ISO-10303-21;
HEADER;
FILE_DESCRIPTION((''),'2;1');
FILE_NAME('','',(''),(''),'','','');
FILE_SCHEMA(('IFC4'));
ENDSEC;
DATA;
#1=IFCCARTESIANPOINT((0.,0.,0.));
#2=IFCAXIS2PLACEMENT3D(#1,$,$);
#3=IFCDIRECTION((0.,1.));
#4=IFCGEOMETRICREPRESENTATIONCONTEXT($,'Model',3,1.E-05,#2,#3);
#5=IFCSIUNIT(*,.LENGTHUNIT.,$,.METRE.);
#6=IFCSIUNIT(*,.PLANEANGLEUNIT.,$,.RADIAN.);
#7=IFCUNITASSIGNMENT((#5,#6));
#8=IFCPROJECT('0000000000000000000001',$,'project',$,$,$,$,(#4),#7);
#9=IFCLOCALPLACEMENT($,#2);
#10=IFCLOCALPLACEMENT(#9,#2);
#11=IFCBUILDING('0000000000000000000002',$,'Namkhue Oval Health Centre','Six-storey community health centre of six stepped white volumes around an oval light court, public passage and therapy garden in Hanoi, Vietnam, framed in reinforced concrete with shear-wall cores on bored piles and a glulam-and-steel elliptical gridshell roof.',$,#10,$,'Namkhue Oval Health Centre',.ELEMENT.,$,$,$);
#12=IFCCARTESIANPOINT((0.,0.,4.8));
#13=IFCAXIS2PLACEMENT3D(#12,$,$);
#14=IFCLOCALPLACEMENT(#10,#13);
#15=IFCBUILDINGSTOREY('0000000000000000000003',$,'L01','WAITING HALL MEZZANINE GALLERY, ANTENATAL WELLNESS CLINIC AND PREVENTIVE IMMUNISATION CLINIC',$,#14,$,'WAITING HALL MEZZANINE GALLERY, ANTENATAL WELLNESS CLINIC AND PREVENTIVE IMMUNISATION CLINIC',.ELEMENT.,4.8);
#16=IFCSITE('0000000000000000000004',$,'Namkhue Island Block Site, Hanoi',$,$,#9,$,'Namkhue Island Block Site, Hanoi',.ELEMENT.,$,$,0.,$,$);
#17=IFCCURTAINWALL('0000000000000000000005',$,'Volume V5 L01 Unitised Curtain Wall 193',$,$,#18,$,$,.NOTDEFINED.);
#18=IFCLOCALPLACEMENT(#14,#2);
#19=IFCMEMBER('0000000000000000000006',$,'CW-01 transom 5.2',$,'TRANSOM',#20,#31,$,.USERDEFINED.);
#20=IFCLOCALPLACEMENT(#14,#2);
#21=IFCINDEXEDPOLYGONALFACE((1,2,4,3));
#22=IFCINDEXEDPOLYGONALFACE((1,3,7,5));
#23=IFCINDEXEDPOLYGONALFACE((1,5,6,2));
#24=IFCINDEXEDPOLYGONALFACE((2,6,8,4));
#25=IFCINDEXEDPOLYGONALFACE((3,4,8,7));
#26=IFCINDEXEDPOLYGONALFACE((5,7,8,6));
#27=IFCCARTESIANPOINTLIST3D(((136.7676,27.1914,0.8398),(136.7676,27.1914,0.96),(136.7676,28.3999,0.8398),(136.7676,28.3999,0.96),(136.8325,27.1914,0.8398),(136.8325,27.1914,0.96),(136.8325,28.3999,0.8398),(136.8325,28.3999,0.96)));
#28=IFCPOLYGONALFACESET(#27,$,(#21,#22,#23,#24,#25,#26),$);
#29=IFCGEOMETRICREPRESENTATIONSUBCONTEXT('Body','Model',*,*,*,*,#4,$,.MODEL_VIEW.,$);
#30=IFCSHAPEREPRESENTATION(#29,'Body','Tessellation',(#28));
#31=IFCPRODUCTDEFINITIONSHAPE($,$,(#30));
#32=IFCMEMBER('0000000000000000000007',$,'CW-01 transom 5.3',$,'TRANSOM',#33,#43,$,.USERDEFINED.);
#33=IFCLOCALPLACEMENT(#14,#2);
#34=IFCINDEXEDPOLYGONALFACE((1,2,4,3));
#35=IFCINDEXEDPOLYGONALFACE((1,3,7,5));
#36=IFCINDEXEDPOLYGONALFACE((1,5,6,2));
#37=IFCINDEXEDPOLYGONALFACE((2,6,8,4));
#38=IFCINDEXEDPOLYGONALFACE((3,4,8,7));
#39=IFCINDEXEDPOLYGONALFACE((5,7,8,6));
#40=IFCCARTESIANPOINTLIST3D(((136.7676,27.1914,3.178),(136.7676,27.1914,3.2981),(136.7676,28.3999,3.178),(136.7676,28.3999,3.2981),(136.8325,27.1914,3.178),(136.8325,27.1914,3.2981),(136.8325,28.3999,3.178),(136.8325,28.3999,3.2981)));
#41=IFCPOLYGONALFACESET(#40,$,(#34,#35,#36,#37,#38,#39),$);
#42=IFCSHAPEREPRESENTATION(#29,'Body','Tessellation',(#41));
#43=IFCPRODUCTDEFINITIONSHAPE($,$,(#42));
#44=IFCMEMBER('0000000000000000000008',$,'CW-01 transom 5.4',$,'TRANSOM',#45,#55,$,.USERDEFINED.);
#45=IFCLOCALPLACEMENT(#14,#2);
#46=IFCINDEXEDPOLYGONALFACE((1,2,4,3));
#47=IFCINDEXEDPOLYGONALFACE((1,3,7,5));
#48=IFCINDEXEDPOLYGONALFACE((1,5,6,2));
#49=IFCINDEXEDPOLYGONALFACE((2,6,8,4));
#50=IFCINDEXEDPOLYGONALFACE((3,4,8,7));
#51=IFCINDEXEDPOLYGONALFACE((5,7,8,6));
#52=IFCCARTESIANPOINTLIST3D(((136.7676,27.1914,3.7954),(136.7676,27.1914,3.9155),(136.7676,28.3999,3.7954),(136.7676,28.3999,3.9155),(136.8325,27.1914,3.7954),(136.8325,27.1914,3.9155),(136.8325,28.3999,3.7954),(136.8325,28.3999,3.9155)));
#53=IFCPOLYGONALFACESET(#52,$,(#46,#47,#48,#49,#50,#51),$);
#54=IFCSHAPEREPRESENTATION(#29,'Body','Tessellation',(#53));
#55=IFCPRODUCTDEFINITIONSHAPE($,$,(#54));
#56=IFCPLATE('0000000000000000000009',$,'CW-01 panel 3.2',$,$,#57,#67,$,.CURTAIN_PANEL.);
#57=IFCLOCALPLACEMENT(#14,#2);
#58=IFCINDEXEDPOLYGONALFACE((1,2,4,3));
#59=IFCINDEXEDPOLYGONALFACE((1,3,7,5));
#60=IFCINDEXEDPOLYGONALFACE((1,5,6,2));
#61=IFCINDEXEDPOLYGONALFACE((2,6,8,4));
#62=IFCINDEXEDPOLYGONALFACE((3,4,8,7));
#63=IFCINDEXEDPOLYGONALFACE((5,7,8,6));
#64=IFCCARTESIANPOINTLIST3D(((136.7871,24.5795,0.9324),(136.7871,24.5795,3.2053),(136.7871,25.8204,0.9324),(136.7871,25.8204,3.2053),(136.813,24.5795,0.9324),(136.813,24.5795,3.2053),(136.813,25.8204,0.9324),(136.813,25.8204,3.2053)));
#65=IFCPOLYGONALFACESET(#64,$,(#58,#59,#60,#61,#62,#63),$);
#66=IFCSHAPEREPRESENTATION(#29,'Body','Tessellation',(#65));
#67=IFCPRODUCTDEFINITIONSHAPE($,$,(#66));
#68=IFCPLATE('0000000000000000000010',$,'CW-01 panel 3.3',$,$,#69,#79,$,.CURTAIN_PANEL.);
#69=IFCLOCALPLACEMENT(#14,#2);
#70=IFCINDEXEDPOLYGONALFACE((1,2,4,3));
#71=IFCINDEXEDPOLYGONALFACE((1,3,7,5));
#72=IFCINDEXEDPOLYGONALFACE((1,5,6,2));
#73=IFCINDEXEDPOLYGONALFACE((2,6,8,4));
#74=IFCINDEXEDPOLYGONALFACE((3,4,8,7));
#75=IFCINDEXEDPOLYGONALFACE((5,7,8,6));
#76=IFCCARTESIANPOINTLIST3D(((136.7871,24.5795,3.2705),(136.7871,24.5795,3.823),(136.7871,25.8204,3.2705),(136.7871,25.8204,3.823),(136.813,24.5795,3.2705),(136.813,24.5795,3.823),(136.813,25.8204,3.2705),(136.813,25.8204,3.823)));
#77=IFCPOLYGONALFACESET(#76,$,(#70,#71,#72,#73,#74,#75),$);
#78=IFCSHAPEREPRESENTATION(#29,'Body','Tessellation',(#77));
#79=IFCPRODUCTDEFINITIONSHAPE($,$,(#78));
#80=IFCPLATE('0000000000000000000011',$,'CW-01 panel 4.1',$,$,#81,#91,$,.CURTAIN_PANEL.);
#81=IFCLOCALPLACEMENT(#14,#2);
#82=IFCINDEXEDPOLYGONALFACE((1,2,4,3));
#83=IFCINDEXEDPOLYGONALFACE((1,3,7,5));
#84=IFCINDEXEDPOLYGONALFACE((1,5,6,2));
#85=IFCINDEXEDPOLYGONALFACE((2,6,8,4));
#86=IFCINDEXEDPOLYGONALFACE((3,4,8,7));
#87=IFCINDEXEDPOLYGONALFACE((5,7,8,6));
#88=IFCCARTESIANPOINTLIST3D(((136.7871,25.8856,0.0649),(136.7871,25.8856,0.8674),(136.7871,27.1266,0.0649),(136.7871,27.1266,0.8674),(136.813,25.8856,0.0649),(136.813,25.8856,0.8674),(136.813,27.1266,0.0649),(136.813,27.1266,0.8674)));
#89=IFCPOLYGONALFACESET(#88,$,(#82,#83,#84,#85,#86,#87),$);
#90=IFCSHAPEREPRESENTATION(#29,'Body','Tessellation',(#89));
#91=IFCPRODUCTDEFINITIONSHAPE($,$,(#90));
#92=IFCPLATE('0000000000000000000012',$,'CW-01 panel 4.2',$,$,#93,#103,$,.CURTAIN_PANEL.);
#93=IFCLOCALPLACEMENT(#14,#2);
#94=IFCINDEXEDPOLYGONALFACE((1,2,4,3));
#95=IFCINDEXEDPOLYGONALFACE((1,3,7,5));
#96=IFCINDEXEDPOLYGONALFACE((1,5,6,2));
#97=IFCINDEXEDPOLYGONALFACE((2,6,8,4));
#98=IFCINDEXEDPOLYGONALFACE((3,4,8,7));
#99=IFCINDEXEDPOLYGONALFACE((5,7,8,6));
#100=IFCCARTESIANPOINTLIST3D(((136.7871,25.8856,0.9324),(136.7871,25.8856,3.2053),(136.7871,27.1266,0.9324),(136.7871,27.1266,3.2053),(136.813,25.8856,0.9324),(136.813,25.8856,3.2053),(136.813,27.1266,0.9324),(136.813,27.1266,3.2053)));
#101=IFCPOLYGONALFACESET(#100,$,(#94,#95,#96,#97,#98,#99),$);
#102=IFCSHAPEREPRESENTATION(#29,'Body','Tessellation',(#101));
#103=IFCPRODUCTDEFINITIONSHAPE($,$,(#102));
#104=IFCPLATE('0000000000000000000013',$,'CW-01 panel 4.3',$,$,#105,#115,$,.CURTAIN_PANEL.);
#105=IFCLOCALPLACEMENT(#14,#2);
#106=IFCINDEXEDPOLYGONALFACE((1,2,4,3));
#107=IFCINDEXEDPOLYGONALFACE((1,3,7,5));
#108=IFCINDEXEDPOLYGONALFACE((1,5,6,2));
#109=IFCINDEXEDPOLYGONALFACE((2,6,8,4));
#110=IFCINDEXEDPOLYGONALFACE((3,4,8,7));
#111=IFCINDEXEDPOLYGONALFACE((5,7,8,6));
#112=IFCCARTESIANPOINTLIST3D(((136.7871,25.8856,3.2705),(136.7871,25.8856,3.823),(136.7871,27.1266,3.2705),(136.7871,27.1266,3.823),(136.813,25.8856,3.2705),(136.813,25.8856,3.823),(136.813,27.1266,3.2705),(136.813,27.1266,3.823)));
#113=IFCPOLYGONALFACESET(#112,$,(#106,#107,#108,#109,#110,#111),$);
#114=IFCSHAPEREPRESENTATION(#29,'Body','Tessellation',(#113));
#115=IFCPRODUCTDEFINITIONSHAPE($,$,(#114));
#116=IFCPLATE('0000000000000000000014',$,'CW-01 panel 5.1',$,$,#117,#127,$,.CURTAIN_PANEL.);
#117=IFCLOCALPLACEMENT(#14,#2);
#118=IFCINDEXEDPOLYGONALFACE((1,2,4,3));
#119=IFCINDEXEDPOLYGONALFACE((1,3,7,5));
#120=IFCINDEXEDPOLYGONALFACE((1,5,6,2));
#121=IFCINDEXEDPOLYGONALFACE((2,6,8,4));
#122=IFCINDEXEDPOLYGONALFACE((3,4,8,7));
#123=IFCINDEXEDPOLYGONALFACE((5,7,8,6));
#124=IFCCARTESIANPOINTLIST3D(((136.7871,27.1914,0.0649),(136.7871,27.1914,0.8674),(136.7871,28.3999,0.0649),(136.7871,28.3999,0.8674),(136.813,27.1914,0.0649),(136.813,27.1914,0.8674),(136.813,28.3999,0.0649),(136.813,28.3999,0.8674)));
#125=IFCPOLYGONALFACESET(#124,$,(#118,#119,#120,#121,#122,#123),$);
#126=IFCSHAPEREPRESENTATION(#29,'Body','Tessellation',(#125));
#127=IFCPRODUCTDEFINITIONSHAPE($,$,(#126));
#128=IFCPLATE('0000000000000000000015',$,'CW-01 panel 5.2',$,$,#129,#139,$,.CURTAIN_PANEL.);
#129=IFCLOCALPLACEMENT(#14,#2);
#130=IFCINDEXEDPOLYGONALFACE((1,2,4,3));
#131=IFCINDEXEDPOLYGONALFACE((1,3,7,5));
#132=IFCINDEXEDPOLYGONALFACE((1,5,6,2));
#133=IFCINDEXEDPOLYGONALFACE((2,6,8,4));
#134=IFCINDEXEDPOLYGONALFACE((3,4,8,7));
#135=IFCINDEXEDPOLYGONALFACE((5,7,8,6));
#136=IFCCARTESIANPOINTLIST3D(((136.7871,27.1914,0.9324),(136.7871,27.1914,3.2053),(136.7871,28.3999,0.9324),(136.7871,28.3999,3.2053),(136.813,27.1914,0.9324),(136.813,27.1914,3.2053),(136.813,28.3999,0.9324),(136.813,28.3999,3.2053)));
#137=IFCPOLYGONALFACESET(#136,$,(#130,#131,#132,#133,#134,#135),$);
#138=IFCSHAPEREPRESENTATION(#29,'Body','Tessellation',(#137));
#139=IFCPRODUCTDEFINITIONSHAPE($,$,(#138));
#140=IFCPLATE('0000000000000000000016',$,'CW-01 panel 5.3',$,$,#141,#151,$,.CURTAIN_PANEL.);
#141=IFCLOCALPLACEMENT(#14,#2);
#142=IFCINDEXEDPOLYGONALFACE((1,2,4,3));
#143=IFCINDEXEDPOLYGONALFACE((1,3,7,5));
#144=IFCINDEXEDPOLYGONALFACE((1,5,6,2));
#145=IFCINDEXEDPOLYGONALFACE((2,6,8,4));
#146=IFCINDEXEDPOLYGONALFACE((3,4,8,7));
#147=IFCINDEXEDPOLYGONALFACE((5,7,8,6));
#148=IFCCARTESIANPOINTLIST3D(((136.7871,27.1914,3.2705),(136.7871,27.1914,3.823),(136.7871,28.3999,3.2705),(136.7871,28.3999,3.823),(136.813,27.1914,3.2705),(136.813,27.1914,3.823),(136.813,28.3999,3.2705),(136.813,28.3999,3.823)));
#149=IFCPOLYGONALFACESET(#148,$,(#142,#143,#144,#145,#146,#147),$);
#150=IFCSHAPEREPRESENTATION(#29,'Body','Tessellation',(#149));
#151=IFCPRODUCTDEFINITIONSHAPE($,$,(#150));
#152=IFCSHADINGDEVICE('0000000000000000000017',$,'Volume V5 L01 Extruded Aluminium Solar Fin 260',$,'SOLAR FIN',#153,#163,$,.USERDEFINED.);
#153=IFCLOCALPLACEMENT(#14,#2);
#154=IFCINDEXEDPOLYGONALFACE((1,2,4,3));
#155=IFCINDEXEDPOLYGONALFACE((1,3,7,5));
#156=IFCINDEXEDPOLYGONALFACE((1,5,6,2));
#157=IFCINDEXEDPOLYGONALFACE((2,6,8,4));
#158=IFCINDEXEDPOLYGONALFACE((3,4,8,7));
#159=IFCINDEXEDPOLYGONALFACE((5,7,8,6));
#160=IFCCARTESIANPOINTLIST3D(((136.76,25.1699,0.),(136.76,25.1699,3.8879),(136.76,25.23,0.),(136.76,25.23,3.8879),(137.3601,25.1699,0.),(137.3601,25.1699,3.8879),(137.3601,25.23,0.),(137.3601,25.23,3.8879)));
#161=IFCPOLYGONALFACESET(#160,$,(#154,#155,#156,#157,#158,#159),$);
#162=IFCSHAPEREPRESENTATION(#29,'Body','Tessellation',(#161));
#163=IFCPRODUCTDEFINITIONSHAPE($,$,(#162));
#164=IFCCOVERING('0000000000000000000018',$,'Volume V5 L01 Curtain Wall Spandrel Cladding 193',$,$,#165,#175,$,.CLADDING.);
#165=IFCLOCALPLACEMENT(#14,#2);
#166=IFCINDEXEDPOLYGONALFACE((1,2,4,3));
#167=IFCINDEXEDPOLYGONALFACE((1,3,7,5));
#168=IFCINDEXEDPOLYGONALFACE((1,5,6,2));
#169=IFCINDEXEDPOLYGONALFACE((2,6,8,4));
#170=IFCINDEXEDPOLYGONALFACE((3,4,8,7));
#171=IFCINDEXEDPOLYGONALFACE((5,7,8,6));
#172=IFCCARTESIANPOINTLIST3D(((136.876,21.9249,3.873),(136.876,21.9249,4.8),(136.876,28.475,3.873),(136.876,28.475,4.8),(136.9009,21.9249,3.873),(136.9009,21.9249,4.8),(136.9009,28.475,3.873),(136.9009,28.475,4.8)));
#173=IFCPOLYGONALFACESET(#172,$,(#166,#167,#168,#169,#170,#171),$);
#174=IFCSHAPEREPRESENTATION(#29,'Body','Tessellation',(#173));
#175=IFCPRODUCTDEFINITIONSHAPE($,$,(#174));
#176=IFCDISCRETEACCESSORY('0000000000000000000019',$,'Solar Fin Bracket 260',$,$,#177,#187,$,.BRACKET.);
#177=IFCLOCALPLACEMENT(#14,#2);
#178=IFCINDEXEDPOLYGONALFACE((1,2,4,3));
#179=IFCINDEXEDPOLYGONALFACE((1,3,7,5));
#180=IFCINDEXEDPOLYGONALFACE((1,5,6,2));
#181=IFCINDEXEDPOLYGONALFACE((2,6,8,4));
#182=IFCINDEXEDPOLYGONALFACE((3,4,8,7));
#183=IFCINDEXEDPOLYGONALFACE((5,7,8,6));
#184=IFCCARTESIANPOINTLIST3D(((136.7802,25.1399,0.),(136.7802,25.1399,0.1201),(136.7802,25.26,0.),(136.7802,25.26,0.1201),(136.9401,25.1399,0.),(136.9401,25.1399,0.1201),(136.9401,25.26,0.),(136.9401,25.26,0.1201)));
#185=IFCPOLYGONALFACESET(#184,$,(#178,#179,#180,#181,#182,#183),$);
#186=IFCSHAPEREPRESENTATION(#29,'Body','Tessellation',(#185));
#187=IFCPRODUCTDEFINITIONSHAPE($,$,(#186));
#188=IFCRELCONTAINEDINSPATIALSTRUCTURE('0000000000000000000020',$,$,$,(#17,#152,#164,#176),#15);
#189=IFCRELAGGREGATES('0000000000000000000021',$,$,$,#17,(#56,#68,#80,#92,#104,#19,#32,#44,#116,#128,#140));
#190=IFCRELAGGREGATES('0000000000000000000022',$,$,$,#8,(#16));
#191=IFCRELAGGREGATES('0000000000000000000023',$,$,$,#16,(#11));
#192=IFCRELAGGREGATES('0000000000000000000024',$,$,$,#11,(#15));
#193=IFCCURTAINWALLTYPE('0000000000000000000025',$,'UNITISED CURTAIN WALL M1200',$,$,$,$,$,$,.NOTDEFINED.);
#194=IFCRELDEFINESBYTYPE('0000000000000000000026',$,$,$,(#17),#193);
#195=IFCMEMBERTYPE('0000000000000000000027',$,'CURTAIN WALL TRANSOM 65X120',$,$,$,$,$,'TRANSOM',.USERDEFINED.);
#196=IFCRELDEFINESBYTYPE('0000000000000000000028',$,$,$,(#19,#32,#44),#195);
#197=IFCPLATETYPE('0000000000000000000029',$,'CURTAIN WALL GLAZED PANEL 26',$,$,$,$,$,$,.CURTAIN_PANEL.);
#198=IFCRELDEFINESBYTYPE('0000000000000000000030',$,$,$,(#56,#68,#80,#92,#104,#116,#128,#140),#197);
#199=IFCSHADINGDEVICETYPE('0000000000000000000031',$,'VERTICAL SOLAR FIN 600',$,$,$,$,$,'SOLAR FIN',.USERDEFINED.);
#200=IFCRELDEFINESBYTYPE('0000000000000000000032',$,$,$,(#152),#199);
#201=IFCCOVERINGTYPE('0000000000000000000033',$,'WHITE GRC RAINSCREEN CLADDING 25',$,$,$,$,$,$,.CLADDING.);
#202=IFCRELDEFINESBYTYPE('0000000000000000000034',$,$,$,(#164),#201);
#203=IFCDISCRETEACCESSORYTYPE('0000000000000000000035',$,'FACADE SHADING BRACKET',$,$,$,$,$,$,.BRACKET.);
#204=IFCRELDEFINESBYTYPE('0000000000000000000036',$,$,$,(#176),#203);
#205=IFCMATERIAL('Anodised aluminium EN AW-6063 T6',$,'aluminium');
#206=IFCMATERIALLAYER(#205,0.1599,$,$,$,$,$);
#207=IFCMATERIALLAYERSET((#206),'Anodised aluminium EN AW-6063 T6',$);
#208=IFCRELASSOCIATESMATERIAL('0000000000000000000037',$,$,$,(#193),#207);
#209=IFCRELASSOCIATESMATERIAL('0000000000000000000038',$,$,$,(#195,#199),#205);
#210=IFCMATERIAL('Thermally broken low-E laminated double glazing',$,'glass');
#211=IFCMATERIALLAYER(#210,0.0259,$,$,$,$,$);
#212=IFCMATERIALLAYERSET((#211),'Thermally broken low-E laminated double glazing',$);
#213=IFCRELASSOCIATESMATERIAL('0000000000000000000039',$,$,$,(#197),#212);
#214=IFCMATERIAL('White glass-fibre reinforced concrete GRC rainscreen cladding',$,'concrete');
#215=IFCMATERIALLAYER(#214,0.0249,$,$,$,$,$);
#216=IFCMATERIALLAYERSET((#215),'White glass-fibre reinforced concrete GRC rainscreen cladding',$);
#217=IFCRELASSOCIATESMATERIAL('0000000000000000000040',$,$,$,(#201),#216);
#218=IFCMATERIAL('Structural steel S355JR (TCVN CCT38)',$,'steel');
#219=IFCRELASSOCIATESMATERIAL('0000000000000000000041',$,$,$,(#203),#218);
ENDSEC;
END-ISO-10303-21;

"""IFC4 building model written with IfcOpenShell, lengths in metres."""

from ifc_helpers import new_model, si_unit, direction, frame, origin, origin_2d, place, context, subcontext, project, spatial, rectangle, extrude, material, layer, layer_set, material_profile, profile_set, type_object, element, aggregate, save


model = new_model("IFC4")

# Units and contexts
model_context = context("Model", 3, precision=1e-05, world=origin(), true_north=direction((0.0, 1.0)))
body_context = subcontext(model_context, "Body", "Model", "MODEL_VIEW")
ifc_project = project(units=[si_unit("LENGTHUNIT", "METRE"), si_unit("PLANEANGLEUNIT", "RADIAN")], contexts=[model_context])

# Site, building, storey
site_placement = place(None, origin())
site = spatial("IfcSite", under=ifc_project, at=site_placement, Name="Namkhue Island Block Site, Hanoi", LongName="Namkhue Island Block Site, Hanoi", CompositionType="ELEMENT", RefElevation=0.0)
building_placement = place(site_placement, origin())
building = spatial("IfcBuilding", under=site, at=building_placement, Name="Namkhue Oval Health Centre", Description="Six-storey community health centre of six stepped white volumes around an oval light court, public passage and therapy garden in Hanoi, Vietnam, framed in reinforced concrete with shear-wall cores on bored piles and a glulam-and-steel elliptical gridshell roof.", LongName="Namkhue Oval Health Centre", CompositionType="ELEMENT")
storey_placement = place(building_placement, frame((0.0, 0.0, 4.8)))
storey = spatial("IfcBuildingStorey", under=building, at=storey_placement, Name="L01", Description="WAITING HALL MEZZANINE GALLERY, ANTENATAL WELLNESS CLINIC AND PREVENTIVE IMMUNISATION CLINIC", LongName="WAITING HALL MEZZANINE GALLERY, ANTENATAL WELLNESS CLINIC AND PREVENTIVE IMMUNISATION CLINIC", CompositionType="ELEMENT", Elevation=4.8)

# Curtain wall, members, plates
ifc_material_1 = material(Name="Anodised aluminium EN AW-6063 T6", Category="aluminium")
ifc_layer_1 = layer(ifc_material_1, 0.1599)
ifc_layer_set_1 = layer_set([ifc_layer_1], Name="Anodised aluminium EN AW-6063 T6")
curtain_wall_type = type_object("IfcCurtainWallType", Name="UNITISED CURTAIN WALL M1200", PredefinedType="NOTDEFINED", material=ifc_layer_set_1)
curtain_wall_placement = place(storey_placement, origin())
curtain_wall = element("IfcCurtainWall", 1, at=curtain_wall_placement, inside=storey, type_object=curtain_wall_type, Name="Volume V5 L01 Unitised Curtain Wall 193", PredefinedType="NOTDEFINED")
ifc_material_profile_1 = material_profile(ifc_material_1, rectangle(XDim=0.0649, YDim=0.1201, at=origin_2d()), Name="ALU 65x120")
ifc_profile_set_1 = profile_set([ifc_material_profile_1], Name="Anodised aluminium EN AW-6063 T6")
member_type_1 = type_object("IfcMemberType", Name="CURTAIN WALL TRANSOM 65X120", ElementType="TRANSOM", PredefinedType="USERDEFINED", material=ifc_profile_set_1)
member_1_placement = place(storey_placement, frame((136.8, 27.1914, 0.8999), z_axis=(0.0, 1.0, 0.0), x_axis=(-1.0, 0.0, 0.0)))
member_1 = element("IfcMember", 2, at=member_1_placement, type_object=member_type_1, Name="CW-01 transom 5.2", ObjectType="TRANSOM", PredefinedType="USERDEFINED", context=body_context, shape_type="SweptSolid", body=[
    extrude(rectangle(XDim=0.0649, YDim=0.1201, at=origin_2d()), origin(), (0.0, 0.0, 1.0), 1.2085),
])
member_2_placement = place(storey_placement, frame((136.8, 27.1914, 3.238), z_axis=(0.0, 1.0, 0.0), x_axis=(-1.0, 0.0, 0.0)))
member_2 = element("IfcMember", 3, at=member_2_placement, type_object=member_type_1, Name="CW-01 transom 5.3", ObjectType="TRANSOM", PredefinedType="USERDEFINED", context=body_context, shape_type="SweptSolid", body=[
    extrude(rectangle(XDim=0.0649, YDim=0.1201, at=origin_2d()), origin(), (0.0, 0.0, 1.0), 1.2085),
])
member_3_placement = place(storey_placement, frame((136.8, 27.1914, 3.8555), z_axis=(0.0, 1.0, 0.0), x_axis=(-1.0, 0.0, 0.0)))
member_3 = element("IfcMember", 4, at=member_3_placement, type_object=member_type_1, Name="CW-01 transom 5.4", ObjectType="TRANSOM", PredefinedType="USERDEFINED", context=body_context, shape_type="SweptSolid", body=[
    extrude(rectangle(XDim=0.0649, YDim=0.1201, at=origin_2d()), origin(), (0.0, 0.0, 1.0), 1.2085),
])
ifc_material_2 = material(Name="Thermally broken low-E laminated double glazing", Category="glass")
ifc_layer_2 = layer(ifc_material_2, 0.0259)
ifc_layer_set_2 = layer_set([ifc_layer_2], Name="Thermally broken low-E laminated double glazing")
plate_type = type_object("IfcPlateType", Name="CURTAIN WALL GLAZED PANEL 26", PredefinedType="CURTAIN_PANEL", material=ifc_layer_set_2)
plate_1_placement = place(storey_placement, frame((136.8, 25.2, 0.9324), z_axis=(0.0, 0.0, 1.0), x_axis=(0.0, 1.0, 0.0)))
plate_1 = element("IfcPlate", 5, at=plate_1_placement, type_object=plate_type, Name="CW-01 panel 3.2", PredefinedType="CURTAIN_PANEL", context=body_context, shape_type="SweptSolid", body=[
    extrude(rectangle(XDim=1.241, YDim=0.0259, at=origin_2d()), origin(), (0.0, 0.0, 1.0), 2.2729),
])
plate_2_placement = place(storey_placement, frame((136.8, 25.2, 3.2705), z_axis=(0.0, 0.0, 1.0), x_axis=(0.0, 1.0, 0.0)))
plate_2 = element("IfcPlate", 6, at=plate_2_placement, type_object=plate_type, Name="CW-01 panel 3.3", PredefinedType="CURTAIN_PANEL", context=body_context, shape_type="SweptSolid", body=[
    extrude(rectangle(XDim=1.241, YDim=0.0259, at=origin_2d()), origin(), (0.0, 0.0, 1.0), 0.5525),
])
plate_3_placement = place(storey_placement, frame((136.8, 26.5061, 0.0649), z_axis=(0.0, 0.0, 1.0), x_axis=(0.0, 1.0, 0.0)))
plate_3 = element("IfcPlate", 7, at=plate_3_placement, type_object=plate_type, Name="CW-01 panel 4.1", PredefinedType="CURTAIN_PANEL", context=body_context, shape_type="SweptSolid", body=[
    extrude(rectangle(XDim=1.241, YDim=0.0259, at=origin_2d()), origin(), (0.0, 0.0, 1.0), 0.8025),
])
plate_4_placement = place(storey_placement, frame((136.8, 26.5061, 0.9324), z_axis=(0.0, 0.0, 1.0), x_axis=(0.0, 1.0, 0.0)))
plate_4 = element("IfcPlate", 8, at=plate_4_placement, type_object=plate_type, Name="CW-01 panel 4.2", PredefinedType="CURTAIN_PANEL", context=body_context, shape_type="SweptSolid", body=[
    extrude(rectangle(XDim=1.241, YDim=0.0259, at=origin_2d()), origin(), (0.0, 0.0, 1.0), 2.2729),
])
plate_5_placement = place(storey_placement, frame((136.8, 26.5061, 3.2705), z_axis=(0.0, 0.0, 1.0), x_axis=(0.0, 1.0, 0.0)))
plate_5 = element("IfcPlate", 9, at=plate_5_placement, type_object=plate_type, Name="CW-01 panel 4.3", PredefinedType="CURTAIN_PANEL", context=body_context, shape_type="SweptSolid", body=[
    extrude(rectangle(XDim=1.241, YDim=0.0259, at=origin_2d()), origin(), (0.0, 0.0, 1.0), 0.5525),
])
plate_6_placement = place(storey_placement, frame((136.8, 27.7957, 0.0649), z_axis=(0.0, 0.0, 1.0), x_axis=(0.0, 1.0, 0.0)))
plate_6 = element("IfcPlate", 10, at=plate_6_placement, type_object=plate_type, Name="CW-01 panel 5.1", PredefinedType="CURTAIN_PANEL", context=body_context, shape_type="SweptSolid", body=[
    extrude(rectangle(XDim=1.2085, YDim=0.0259, at=origin_2d()), origin(), (0.0, 0.0, 1.0), 0.8025),
])
plate_7_placement = place(storey_placement, frame((136.8, 27.7957, 0.9324), z_axis=(0.0, 0.0, 1.0), x_axis=(0.0, 1.0, 0.0)))
plate_7 = element("IfcPlate", 11, at=plate_7_placement, type_object=plate_type, Name="CW-01 panel 5.2", PredefinedType="CURTAIN_PANEL", context=body_context, shape_type="SweptSolid", body=[
    extrude(rectangle(XDim=1.2085, YDim=0.0259, at=origin_2d()), origin(), (0.0, 0.0, 1.0), 2.2729),
])
plate_8_placement = place(storey_placement, frame((136.8, 27.7957, 3.2705), z_axis=(0.0, 0.0, 1.0), x_axis=(0.0, 1.0, 0.0)))
plate_8 = element("IfcPlate", 12, at=plate_8_placement, type_object=plate_type, Name="CW-01 panel 5.3", PredefinedType="CURTAIN_PANEL", context=body_context, shape_type="SweptSolid", body=[
    extrude(rectangle(XDim=1.2085, YDim=0.0259, at=origin_2d()), origin(), (0.0, 0.0, 1.0), 0.5525),
])
aggregate(curtain_wall, [plate_1, plate_2, plate_3, plate_4, plate_5, member_1, member_2, member_3, plate_6, plate_7, plate_8])

# Shading device
shading_device_type = type_object("IfcShadingDeviceType", Name="VERTICAL SOLAR FIN 600", ElementType="SOLAR FIN", PredefinedType="USERDEFINED", material=ifc_material_1)
shading_device_placement = place(storey_placement, frame((137.0601, 25.2, 0.0), z_axis=(0.0, 0.0, 1.0), x_axis=(1.0, 0.0, 0.0)))
element("IfcShadingDevice", 13, at=shading_device_placement, inside=storey, type_object=shading_device_type, Name="Volume V5 L01 Extruded Aluminium Solar Fin 260", ObjectType="SOLAR FIN", PredefinedType="USERDEFINED", context=body_context, shape_type="SweptSolid", body=[
    extrude(rectangle(XDim=0.6001, YDim=0.0601, at=origin_2d()), origin(), (0.0, 0.0, 1.0), 3.8879),
])

# Covering
ifc_material_3 = material(Name="White glass-fibre reinforced concrete GRC rainscreen cladding", Category="concrete")
ifc_layer_3 = layer(ifc_material_3, 0.0249)
ifc_layer_set_3 = layer_set([ifc_layer_3], Name="White glass-fibre reinforced concrete GRC rainscreen cladding")
covering_type = type_object("IfcCoveringType", Name="WHITE GRC RAINSCREEN CLADDING 25", PredefinedType="CLADDING", material=ifc_layer_set_3)
covering_placement = place(storey_placement, frame((136.8884, 25.2, 3.873), z_axis=(0.0, 0.0, 1.0), x_axis=(0.0, 1.0, 0.0)))
element("IfcCovering", 14, at=covering_placement, inside=storey, type_object=covering_type, Name="Volume V5 L01 Curtain Wall Spandrel Cladding 193", PredefinedType="CLADDING", context=body_context, shape_type="SweptSolid", body=[
    extrude(rectangle(XDim=6.55, YDim=0.0249, at=origin_2d()), origin(), (0.0, 0.0, 1.0), 0.927),
])

# Discrete accessory
ifc_material_4 = material(Name="Structural steel S355JR (TCVN CCT38)", Category="steel")
discrete_accessory_type = type_object("IfcDiscreteAccessoryType", Name="FACADE SHADING BRACKET", PredefinedType="BRACKET", material=ifc_material_4)
discrete_accessory_placement = place(storey_placement, frame((136.8601, 25.2, 0.0), z_axis=(0.0, 0.0, 1.0), x_axis=(1.0, 0.0, 0.0)))
element("IfcDiscreteAccessory", 15, at=discrete_accessory_placement, inside=storey, type_object=discrete_accessory_type, Name="Solar Fin Bracket 260", PredefinedType="BRACKET", context=body_context, shape_type="SweptSolid", body=[
    extrude(rectangle(XDim=0.1599, YDim=0.1201, at=origin_2d()), origin(), (0.0, 0.0, 1.0), 0.1201),
])

save(model, "model.ifc")
